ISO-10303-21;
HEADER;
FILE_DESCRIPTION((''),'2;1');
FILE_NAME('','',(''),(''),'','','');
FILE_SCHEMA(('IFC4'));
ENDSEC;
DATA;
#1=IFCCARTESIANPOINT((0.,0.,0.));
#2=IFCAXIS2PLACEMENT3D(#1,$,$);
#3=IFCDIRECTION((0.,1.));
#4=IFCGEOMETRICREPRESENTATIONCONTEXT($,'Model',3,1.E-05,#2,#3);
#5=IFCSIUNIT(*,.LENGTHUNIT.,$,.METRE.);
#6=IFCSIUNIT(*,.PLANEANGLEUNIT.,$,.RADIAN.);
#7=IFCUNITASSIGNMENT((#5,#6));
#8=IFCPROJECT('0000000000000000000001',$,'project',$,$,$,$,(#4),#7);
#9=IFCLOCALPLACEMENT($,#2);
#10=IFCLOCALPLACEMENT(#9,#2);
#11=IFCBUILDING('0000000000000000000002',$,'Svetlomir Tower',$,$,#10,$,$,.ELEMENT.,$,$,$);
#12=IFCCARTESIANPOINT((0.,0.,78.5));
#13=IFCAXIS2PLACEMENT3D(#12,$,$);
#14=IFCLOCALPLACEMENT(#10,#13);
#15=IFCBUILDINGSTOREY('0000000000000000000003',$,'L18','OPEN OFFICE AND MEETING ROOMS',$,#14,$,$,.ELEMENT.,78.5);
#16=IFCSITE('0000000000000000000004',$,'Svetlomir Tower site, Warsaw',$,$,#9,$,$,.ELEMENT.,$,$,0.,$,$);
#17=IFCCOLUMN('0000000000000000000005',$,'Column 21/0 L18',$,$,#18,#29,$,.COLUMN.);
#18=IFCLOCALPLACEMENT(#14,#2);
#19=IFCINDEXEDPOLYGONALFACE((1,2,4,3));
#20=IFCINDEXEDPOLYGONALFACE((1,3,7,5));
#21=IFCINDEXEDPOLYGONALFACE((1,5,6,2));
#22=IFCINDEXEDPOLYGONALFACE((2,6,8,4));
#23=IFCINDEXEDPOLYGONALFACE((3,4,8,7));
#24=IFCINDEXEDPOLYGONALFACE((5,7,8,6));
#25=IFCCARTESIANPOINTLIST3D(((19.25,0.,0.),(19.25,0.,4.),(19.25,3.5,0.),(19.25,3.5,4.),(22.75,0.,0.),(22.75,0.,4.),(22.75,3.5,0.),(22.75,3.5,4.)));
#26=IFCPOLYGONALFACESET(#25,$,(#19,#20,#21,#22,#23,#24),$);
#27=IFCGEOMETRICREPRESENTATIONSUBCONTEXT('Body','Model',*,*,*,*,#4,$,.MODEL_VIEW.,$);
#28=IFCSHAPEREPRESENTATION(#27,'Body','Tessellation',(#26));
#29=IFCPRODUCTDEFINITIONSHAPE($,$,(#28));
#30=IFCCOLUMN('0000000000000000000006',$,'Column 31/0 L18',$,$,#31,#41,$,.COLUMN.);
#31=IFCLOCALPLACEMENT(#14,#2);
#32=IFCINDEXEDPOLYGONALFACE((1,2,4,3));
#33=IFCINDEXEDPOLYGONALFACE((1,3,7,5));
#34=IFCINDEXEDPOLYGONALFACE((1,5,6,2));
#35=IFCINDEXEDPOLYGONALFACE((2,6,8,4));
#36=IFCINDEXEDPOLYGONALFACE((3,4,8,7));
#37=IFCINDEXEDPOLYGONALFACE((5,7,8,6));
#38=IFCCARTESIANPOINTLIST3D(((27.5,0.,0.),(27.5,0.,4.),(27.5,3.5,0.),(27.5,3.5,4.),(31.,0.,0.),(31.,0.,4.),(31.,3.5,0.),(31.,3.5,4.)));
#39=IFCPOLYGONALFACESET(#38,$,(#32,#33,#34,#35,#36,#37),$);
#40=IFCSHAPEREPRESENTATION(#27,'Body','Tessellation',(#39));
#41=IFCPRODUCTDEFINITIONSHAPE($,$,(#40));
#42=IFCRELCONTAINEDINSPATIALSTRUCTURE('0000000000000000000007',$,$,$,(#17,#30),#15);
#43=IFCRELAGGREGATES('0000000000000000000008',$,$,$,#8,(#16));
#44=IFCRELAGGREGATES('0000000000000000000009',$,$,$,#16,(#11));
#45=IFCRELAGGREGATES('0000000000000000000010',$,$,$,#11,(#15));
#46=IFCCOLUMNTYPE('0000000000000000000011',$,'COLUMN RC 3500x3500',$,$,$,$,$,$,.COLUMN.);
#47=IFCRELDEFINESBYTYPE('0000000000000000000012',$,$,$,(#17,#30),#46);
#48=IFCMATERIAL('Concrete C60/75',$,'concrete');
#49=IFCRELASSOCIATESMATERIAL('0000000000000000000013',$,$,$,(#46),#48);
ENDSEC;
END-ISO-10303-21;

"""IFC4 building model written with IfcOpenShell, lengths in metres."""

from ifc_helpers import new_model, si_unit, direction, frame, origin, origin_2d, place, context, subcontext, project, spatial, rectangle, extrude, material, material_profile, profile_set, type_object, element, save


model = new_model("IFC4")

# Units and contexts
model_context = context("Model", 3, precision=1e-05, world=origin(), true_north=direction((0.0, 1.0)))
body_context = subcontext(model_context, "Body", "Model", "MODEL_VIEW")
ifc_project = project(units=[si_unit("LENGTHUNIT", "METRE"), si_unit("PLANEANGLEUNIT", "RADIAN")], contexts=[model_context])

# Site, building, storey
site_placement = place(None, origin())
site = spatial("IfcSite", under=ifc_project, at=site_placement, Name="Svetlomir Tower site, Warsaw", CompositionType="ELEMENT", RefElevation=0.0)
building_placement = place(site_placement, origin())
building = spatial("IfcBuilding", under=site, at=building_placement, Name="Svetlomir Tower", CompositionType="ELEMENT")
storey_placement = place(building_placement, frame((0.0, 0.0, 78.5)))
storey = spatial("IfcBuildingStorey", under=building, at=storey_placement, Name="L18", Description="OPEN OFFICE AND MEETING ROOMS", CompositionType="ELEMENT", Elevation=78.5)

# Columns
ifc_material_1 = material(Name="Concrete C60/75", Category="concrete")
ifc_material_profile = material_profile(ifc_material_1, rectangle(XDim=3.5, YDim=3.5, at=origin_2d()), Name="RC 3500x3500")
ifc_profile_set = profile_set([ifc_material_profile], Name="Concrete C60/75")
column_type = type_object("IfcColumnType", Name="COLUMN RC 3500x3500", PredefinedType="COLUMN", material=ifc_profile_set)
for number, where, z_axis, x_axis, name in (
    (1, (21.0, 1.75, 0.0), (0.0, 0.0, 1.0), (1.0, 0.0, 0.0), "Column 21/0 L18"),
    (2, (29.25, 1.75, 0.0), (0.0, 0.0, 1.0), (1.0, 0.0, 0.0), "Column 31/0 L18"),
):
    element("IfcColumn", number, at=place(storey_placement, frame(where, z_axis=z_axis, x_axis=x_axis)), inside=storey, type_object=column_type, Name=name, PredefinedType="COLUMN", context=body_context, shape_type="SweptSolid", body=[
        extrude(rectangle(XDim=3.5, YDim=3.5, at=origin_2d()), origin(), (0.0, 0.0, 1.0), 4.0),
    ])

save(model, "model.ifc")
